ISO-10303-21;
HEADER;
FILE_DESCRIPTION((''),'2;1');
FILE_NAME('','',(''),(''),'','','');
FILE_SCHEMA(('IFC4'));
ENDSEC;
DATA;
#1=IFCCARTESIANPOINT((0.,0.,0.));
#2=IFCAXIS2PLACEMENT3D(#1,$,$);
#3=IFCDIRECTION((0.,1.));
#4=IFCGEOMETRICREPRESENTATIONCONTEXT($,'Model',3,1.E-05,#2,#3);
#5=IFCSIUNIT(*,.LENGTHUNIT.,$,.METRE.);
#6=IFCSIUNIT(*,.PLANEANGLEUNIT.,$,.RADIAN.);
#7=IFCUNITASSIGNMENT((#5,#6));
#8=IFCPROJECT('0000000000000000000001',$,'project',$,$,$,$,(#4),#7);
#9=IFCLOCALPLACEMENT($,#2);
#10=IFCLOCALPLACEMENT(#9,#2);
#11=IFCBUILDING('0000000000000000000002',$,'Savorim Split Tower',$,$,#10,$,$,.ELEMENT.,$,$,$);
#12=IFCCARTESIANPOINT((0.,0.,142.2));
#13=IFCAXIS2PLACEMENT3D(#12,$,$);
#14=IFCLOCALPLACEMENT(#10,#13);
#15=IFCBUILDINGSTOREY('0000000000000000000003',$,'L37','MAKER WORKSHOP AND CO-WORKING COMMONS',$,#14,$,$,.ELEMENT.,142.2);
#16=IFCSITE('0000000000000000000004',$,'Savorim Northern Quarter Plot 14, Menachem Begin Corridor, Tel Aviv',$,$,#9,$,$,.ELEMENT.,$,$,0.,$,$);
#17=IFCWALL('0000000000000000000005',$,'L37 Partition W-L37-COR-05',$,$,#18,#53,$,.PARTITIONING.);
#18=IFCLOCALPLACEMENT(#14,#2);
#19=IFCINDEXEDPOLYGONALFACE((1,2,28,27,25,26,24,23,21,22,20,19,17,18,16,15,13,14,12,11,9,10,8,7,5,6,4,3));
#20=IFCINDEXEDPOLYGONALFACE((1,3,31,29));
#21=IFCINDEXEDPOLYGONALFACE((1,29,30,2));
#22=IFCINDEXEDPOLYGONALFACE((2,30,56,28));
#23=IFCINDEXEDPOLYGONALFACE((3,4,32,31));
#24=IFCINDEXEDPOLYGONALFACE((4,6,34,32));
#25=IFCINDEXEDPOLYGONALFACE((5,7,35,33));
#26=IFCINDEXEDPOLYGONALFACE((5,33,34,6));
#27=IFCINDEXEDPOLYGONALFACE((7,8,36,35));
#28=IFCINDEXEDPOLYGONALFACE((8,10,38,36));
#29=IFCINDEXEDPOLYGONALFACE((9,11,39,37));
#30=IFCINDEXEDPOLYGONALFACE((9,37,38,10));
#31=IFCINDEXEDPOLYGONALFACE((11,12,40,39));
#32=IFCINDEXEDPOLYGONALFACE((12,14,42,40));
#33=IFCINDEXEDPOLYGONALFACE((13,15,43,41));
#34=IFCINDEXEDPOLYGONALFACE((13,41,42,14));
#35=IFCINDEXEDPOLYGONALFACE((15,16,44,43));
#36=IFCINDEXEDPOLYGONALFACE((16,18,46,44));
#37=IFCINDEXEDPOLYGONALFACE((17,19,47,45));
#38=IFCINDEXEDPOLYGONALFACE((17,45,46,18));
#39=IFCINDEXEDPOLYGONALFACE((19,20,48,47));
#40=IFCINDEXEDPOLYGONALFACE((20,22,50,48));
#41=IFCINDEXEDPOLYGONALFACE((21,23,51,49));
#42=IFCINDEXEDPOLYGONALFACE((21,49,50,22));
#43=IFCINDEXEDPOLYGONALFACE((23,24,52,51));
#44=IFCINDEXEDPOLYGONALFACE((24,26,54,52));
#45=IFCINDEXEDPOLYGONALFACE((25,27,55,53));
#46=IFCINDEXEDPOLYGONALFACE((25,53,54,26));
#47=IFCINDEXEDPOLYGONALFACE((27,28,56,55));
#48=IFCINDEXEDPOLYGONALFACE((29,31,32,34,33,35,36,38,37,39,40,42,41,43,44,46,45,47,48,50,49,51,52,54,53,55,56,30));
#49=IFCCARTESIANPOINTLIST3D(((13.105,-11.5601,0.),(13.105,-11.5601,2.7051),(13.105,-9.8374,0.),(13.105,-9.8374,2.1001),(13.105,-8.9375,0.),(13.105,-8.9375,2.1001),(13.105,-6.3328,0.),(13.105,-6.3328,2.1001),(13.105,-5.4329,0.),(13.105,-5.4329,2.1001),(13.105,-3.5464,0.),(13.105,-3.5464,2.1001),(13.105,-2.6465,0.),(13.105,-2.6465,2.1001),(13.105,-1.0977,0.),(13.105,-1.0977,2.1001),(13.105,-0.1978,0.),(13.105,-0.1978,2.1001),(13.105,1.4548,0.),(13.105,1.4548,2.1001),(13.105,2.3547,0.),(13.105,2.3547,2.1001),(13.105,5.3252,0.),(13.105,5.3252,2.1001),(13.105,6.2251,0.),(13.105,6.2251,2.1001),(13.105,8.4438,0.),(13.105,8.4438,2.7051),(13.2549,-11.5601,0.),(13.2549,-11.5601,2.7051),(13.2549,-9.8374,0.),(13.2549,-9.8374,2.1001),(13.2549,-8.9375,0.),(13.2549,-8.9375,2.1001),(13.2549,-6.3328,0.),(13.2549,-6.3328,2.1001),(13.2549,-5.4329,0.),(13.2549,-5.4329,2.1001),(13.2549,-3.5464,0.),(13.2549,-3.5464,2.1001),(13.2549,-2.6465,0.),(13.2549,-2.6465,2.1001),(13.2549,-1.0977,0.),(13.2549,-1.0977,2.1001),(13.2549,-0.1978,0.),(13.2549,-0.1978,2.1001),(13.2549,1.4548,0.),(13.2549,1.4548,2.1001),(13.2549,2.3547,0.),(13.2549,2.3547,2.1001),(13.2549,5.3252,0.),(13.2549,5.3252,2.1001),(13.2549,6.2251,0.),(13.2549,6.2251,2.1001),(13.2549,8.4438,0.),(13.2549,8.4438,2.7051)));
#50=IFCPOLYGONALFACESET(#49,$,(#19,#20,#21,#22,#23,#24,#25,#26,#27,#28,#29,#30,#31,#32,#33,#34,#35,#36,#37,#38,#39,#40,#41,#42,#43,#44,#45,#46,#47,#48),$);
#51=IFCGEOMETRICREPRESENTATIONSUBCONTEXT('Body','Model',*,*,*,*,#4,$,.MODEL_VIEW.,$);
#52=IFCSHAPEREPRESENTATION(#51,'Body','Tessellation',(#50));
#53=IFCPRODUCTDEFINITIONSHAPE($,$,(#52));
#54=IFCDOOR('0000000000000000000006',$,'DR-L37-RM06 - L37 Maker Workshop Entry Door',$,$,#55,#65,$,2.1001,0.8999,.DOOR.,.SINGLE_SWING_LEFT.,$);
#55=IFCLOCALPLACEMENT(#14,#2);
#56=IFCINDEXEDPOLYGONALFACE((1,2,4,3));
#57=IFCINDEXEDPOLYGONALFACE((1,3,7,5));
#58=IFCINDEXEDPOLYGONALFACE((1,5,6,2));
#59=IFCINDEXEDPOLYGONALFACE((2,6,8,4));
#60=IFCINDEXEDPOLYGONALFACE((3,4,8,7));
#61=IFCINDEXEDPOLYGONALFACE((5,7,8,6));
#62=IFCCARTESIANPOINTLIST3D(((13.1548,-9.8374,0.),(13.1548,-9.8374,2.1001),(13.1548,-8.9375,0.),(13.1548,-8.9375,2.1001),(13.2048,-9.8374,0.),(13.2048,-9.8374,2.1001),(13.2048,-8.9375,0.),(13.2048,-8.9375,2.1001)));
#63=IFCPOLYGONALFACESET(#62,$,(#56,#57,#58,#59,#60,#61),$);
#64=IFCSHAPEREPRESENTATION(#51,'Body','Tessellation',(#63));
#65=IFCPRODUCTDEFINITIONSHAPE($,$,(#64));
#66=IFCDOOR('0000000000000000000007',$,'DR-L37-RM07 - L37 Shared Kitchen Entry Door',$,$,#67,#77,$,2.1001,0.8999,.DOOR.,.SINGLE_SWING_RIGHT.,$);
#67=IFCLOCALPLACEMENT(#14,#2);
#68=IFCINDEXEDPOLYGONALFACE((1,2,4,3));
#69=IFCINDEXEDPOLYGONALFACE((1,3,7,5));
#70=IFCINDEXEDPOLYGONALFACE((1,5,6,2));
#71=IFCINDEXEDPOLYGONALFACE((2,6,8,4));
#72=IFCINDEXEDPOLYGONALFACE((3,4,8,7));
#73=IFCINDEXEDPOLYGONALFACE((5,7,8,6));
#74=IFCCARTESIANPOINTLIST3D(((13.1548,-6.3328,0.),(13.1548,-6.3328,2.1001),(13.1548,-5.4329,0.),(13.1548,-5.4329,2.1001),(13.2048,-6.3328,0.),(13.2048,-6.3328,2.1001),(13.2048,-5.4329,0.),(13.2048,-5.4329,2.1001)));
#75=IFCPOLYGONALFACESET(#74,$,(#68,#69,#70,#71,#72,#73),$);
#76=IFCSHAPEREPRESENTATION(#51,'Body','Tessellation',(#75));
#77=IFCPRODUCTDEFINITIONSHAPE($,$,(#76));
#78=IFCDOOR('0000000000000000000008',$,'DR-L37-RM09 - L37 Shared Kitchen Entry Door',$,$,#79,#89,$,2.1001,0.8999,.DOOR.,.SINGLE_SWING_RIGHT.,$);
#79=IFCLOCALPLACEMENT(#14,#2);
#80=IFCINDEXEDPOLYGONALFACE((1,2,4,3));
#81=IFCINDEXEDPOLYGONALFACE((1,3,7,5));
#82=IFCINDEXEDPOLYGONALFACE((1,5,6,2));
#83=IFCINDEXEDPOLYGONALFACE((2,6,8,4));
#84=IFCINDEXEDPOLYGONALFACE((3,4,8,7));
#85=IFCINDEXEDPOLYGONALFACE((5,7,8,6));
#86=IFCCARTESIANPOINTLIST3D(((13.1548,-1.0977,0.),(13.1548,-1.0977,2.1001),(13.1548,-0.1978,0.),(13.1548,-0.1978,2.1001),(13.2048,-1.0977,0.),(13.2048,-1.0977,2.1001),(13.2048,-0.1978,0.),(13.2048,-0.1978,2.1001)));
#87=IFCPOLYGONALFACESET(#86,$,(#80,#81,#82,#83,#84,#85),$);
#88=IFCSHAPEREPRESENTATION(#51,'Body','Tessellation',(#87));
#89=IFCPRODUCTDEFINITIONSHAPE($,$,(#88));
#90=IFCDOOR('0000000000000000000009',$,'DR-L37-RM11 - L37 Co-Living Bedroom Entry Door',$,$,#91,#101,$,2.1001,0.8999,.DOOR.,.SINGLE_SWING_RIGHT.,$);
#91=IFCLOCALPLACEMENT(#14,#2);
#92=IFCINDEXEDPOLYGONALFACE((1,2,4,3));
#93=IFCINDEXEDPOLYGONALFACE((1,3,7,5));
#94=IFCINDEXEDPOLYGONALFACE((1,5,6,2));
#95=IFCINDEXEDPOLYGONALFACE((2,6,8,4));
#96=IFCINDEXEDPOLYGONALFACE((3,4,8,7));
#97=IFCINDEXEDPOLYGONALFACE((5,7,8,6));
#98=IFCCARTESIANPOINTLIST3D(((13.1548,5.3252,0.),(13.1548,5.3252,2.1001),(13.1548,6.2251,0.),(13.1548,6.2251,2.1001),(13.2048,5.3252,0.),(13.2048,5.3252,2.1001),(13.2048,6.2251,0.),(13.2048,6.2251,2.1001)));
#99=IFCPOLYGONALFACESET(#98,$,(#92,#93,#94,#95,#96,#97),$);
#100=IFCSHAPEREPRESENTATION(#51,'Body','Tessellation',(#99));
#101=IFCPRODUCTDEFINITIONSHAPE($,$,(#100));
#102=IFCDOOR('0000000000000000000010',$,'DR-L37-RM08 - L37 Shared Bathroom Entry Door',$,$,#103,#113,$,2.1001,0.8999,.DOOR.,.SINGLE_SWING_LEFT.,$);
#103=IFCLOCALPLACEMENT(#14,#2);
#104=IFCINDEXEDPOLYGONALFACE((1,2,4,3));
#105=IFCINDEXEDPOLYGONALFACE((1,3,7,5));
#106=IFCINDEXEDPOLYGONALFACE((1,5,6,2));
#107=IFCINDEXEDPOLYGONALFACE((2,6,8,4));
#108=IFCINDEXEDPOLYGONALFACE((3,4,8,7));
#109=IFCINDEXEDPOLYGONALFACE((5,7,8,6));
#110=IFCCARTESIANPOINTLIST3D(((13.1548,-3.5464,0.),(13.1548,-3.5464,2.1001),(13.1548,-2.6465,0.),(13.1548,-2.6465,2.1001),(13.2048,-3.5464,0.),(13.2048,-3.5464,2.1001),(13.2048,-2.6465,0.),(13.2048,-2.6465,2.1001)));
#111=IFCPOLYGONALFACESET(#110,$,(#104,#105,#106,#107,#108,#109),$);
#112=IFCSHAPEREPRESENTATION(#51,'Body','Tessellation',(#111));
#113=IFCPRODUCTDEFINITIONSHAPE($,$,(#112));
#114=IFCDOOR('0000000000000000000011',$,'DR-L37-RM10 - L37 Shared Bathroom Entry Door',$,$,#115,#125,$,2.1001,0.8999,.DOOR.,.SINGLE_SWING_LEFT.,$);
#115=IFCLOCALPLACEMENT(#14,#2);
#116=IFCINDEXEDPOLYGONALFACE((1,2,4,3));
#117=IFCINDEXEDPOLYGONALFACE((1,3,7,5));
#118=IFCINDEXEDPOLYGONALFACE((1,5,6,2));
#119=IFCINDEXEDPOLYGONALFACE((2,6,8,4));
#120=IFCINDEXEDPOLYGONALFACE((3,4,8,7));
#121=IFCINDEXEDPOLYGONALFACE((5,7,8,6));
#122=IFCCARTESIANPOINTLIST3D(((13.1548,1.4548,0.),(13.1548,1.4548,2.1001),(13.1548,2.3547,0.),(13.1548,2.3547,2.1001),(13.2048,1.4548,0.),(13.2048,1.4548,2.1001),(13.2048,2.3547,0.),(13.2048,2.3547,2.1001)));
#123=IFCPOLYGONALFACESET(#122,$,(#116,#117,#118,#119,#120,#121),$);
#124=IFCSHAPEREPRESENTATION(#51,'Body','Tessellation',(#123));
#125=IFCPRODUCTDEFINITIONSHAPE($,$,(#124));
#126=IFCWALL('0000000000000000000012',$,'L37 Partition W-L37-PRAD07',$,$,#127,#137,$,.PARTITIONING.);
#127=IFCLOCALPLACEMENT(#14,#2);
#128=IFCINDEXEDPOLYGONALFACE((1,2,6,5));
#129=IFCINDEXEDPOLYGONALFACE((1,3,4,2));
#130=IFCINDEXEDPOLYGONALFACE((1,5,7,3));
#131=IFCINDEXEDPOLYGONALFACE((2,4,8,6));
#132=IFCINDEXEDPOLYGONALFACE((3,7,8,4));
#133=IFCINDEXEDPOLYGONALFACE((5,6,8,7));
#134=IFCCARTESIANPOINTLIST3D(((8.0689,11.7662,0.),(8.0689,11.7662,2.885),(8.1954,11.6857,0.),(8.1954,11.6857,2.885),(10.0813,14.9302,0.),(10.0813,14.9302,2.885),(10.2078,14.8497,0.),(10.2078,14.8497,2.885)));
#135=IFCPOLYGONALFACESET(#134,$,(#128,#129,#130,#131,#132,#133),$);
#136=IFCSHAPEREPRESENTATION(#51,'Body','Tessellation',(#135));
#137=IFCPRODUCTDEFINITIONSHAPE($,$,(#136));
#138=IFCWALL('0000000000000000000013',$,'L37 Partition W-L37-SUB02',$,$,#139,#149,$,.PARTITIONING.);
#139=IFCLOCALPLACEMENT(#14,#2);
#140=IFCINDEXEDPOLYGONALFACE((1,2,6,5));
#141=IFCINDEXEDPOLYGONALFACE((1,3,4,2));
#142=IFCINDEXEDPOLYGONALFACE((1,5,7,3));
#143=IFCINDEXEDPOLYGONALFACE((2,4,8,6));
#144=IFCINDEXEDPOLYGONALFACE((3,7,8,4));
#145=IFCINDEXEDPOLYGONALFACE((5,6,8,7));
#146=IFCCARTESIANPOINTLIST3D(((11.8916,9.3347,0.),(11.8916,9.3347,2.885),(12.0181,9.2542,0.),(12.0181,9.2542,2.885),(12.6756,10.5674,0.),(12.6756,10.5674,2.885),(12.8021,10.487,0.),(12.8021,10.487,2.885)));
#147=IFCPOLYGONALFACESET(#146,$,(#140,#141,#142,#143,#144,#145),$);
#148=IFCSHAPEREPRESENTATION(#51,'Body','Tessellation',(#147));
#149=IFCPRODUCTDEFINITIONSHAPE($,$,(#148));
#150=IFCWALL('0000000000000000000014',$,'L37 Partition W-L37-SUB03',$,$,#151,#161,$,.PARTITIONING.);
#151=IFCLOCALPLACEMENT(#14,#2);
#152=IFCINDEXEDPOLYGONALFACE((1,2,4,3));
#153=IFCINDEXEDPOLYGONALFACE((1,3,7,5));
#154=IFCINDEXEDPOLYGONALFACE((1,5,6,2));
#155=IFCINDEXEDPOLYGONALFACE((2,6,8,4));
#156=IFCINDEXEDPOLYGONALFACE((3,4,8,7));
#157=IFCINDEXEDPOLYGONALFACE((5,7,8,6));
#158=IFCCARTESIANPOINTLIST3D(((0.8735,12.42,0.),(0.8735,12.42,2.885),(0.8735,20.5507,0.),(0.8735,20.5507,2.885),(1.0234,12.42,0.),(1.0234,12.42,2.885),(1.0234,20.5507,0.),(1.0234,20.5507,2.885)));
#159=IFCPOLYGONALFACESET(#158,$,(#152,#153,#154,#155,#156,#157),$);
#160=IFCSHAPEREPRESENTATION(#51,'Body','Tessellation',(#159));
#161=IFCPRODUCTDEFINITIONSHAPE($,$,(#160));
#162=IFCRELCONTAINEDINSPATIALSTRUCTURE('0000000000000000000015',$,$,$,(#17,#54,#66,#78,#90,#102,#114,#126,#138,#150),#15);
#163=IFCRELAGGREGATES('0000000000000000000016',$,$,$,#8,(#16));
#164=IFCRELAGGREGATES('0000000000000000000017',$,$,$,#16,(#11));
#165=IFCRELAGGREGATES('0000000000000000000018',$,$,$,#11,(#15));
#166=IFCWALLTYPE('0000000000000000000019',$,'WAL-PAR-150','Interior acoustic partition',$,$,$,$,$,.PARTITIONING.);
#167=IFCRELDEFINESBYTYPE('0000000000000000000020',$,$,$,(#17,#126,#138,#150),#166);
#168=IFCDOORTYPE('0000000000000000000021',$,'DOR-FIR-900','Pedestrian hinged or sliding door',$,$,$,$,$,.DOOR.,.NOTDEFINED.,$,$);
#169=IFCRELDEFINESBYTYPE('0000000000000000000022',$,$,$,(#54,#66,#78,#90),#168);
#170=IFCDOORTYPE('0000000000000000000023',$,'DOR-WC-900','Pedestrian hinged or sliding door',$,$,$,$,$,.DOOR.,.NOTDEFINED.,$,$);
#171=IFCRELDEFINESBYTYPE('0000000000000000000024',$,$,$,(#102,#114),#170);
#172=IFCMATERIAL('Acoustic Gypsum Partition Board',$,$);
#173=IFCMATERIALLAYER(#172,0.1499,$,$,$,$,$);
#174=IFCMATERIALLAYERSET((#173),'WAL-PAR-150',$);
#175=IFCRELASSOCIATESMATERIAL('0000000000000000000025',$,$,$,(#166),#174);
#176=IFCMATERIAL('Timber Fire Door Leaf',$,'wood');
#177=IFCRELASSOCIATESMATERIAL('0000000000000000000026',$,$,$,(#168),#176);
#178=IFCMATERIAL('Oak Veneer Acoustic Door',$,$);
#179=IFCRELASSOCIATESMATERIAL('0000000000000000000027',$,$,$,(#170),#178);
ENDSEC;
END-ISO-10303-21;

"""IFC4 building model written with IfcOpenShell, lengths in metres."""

from ifc_helpers import new_model, si_unit, direction, frame, frame_2d, origin, place, context, subcontext, project, spatial, rectangle, extrude, material, layer, layer_set, type_object, element, fill, save


model = new_model("IFC4")

# Units and contexts
model_context = context("Model", 3, precision=1e-05, world=origin(), true_north=direction((0.0, 1.0)))
body_context = subcontext(model_context, "Body", "Model", "MODEL_VIEW")
ifc_project = project(units=[si_unit("LENGTHUNIT", "METRE"), si_unit("PLANEANGLEUNIT", "RADIAN")], contexts=[model_context])

# Site, building, storey
site_placement = place(None, origin())
site = spatial("IfcSite", under=ifc_project, at=site_placement, Name="Savorim Northern Quarter Plot 14, Menachem Begin Corridor, Tel Aviv", CompositionType="ELEMENT", RefElevation=0.0)
building_placement = place(site_placement, origin())
building = spatial("IfcBuilding", under=site, at=building_placement, Name="Savorim Split Tower", CompositionType="ELEMENT")
storey_placement = place(building_placement, frame((0.0, 0.0, 142.2)))
storey = spatial("IfcBuildingStorey", under=building, at=storey_placement, Name="L37", Description="MAKER WORKSHOP AND CO-WORKING COMMONS", CompositionType="ELEMENT", Elevation=142.2)

# Shared definitions
ifc_material_1 = material(Name="Timber Fire Door Leaf", Category="wood")

# Shared definitions
ifc_material_2 = material(Name="Acoustic Gypsum Partition Board")
ifc_layer_1 = layer(ifc_material_2, 0.1499)
ifc_layer_set_1 = layer_set([ifc_layer_1], Name="WAL-PAR-150")
wall_type_1 = type_object("IfcWallType", Name="WAL-PAR-150", Description="Interior acoustic partition", PredefinedType="PARTITIONING", material=ifc_layer_set_1)
door_type_1 = type_object("IfcDoorType", Name="DOR-FIR-900", Description="Pedestrian hinged or sliding door", OperationType="NOTDEFINED", PredefinedType="DOOR", material=ifc_material_1)

# Wall, openings, doors
wall_1_placement = place(storey_placement, frame((13.1799, 8.4438, 0.0), z_axis=(0.0, 0.0, 1.0), x_axis=(0.0, -1.0, 0.0)))
wall_1 = element("IfcWall", 1, at=wall_1_placement, inside=storey, type_object=wall_type_1, Name="L37 Partition W-L37-COR-05", PredefinedType="PARTITIONING", context=body_context, shape_type="SweptSolid", body=[
    extrude(rectangle(XDim=20.0039, YDim=0.1499, at=frame_2d((10.002, 0.0))), origin(), (0.0, 0.0, 1.0), 2.7051),
])
opening_1_placement = place(wall_1_placement, frame((17.3813, 0.0, 0.0)))
opening_1 = element("IfcOpeningElement", 2, at=opening_1_placement, cuts=wall_1, PredefinedType="OPENING", context=body_context, shape_type="SweptSolid", body=[
    extrude(rectangle(XDim=0.8999, YDim=2.1001, at=frame_2d((0.45, 1.05))), frame((0.0, 0.085, 0.0), z_axis=(0.0, -1.0, 0.0), x_axis=(1.0, 0.0, 0.0)), (0.0, 0.0, 1.0), 0.1699),
])
opening_2_placement = place(wall_1_placement, frame((13.8767, 0.0, 0.0)))
opening_2 = element("IfcOpeningElement", 3, at=opening_2_placement, cuts=wall_1, PredefinedType="OPENING", context=body_context, shape_type="SweptSolid", body=[
    extrude(rectangle(XDim=0.8999, YDim=2.1001, at=frame_2d((0.45, 1.05))), frame((0.0, 0.085, 0.0), z_axis=(0.0, -1.0, 0.0), x_axis=(1.0, 0.0, 0.0)), (0.0, 0.0, 1.0), 0.1699),
])
opening_3_placement = place(wall_1_placement, frame((11.0903, 0.0, 0.0)))
opening_3 = element("IfcOpeningElement", 4, at=opening_3_placement, cuts=wall_1, PredefinedType="OPENING", context=body_context, shape_type="SweptSolid", body=[
    extrude(rectangle(XDim=0.8999, YDim=2.1001, at=frame_2d((0.45, 1.05))), frame((0.0, 0.085, 0.0), z_axis=(0.0, -1.0, 0.0), x_axis=(1.0, 0.0, 0.0)), (0.0, 0.0, 1.0), 0.1699),
])
opening_4_placement = place(wall_1_placement, frame((8.6416, 0.0, 0.0)))
opening_4 = element("IfcOpeningElement", 5, at=opening_4_placement, cuts=wall_1, PredefinedType="OPENING", context=body_context, shape_type="SweptSolid", body=[
    extrude(rectangle(XDim=0.8999, YDim=2.1001, at=frame_2d((0.45, 1.05))), frame((0.0, 0.085, 0.0), z_axis=(0.0, -1.0, 0.0), x_axis=(1.0, 0.0, 0.0)), (0.0, 0.0, 1.0), 0.1699),
])
opening_5_placement = place(wall_1_placement, frame((6.0891, 0.0, 0.0)))
opening_5 = element("IfcOpeningElement", 6, at=opening_5_placement, cuts=wall_1, PredefinedType="OPENING", context=body_context, shape_type="SweptSolid", body=[
    extrude(rectangle(XDim=0.8999, YDim=2.1001, at=frame_2d((0.45, 1.05))), frame((0.0, 0.085, 0.0), z_axis=(0.0, -1.0, 0.0), x_axis=(1.0, 0.0, 0.0)), (0.0, 0.0, 1.0), 0.1699),
])
opening_6_placement = place(wall_1_placement, frame((2.2188, 0.0, 0.0)))
opening_6 = element("IfcOpeningElement", 7, at=opening_6_placement, cuts=wall_1, PredefinedType="OPENING", context=body_context, shape_type="SweptSolid", body=[
    extrude(rectangle(XDim=0.8999, YDim=2.1001, at=frame_2d((0.45, 1.05))), frame((0.0, 0.085, 0.0), z_axis=(0.0, -1.0, 0.0), x_axis=(1.0, 0.0, 0.0)), (0.0, 0.0, 1.0), 0.1699),
])
door_1_placement = place(opening_1_placement, origin())
door_1 = element("IfcDoor", 8, at=door_1_placement, inside=storey, type_object=door_type_1, Name="DR-L37-RM06 - L37 Maker Workshop Entry Door", OperationType="SINGLE_SWING_LEFT", OverallHeight=2.1001, OverallWidth=0.8999, PredefinedType="DOOR", context=body_context, shape_type="SweptSolid", body=[
    extrude(rectangle(XDim=0.8999, YDim=2.1001, at=frame_2d((0.45, 1.05))), frame((0.0, 0.0249, 0.0), z_axis=(0.0, -1.0, 0.0), x_axis=(1.0, 0.0, 0.0)), (0.0, 0.0, 1.0), 0.05),
])
fill(opening_1, door_1)
door_2_placement = place(opening_2_placement, origin())
door_2 = element("IfcDoor", 9, at=door_2_placement, inside=storey, type_object=door_type_1, Name="DR-L37-RM07 - L37 Shared Kitchen Entry Door", OperationType="SINGLE_SWING_RIGHT", OverallHeight=2.1001, OverallWidth=0.8999, PredefinedType="DOOR", context=body_context, shape_type="SweptSolid", body=[
    extrude(rectangle(XDim=0.8999, YDim=2.1001, at=frame_2d((0.45, 1.05))), frame((0.0, 0.0249, 0.0), z_axis=(0.0, -1.0, 0.0), x_axis=(1.0, 0.0, 0.0)), (0.0, 0.0, 1.0), 0.05),
])
fill(opening_2, door_2)
door_3_placement = place(opening_4_placement, origin())
door_3 = element("IfcDoor", 10, at=door_3_placement, inside=storey, type_object=door_type_1, Name="DR-L37-RM09 - L37 Shared Kitchen Entry Door", OperationType="SINGLE_SWING_RIGHT", OverallHeight=2.1001, OverallWidth=0.8999, PredefinedType="DOOR", context=body_context, shape_type="SweptSolid", body=[
    extrude(rectangle(XDim=0.8999, YDim=2.1001, at=frame_2d((0.45, 1.05))), frame((0.0, 0.0249, 0.0), z_axis=(0.0, -1.0, 0.0), x_axis=(1.0, 0.0, 0.0)), (0.0, 0.0, 1.0), 0.05),
])
fill(opening_4, door_3)
door_4_placement = place(opening_6_placement, origin())
door_4 = element("IfcDoor", 11, at=door_4_placement, inside=storey, type_object=door_type_1, Name="DR-L37-RM11 - L37 Co-Living Bedroom Entry Door", OperationType="SINGLE_SWING_RIGHT", OverallHeight=2.1001, OverallWidth=0.8999, PredefinedType="DOOR", context=body_context, shape_type="SweptSolid", body=[
    extrude(rectangle(XDim=0.8999, YDim=2.1001, at=frame_2d((0.45, 1.05))), frame((0.0, 0.0249, 0.0), z_axis=(0.0, -1.0, 0.0), x_axis=(1.0, 0.0, 0.0)), (0.0, 0.0, 1.0), 0.05),
])
fill(opening_6, door_4)
ifc_material_3 = material(Name="Oak Veneer Acoustic Door")
door_type_2 = type_object("IfcDoorType", Name="DOR-WC-900", Description="Pedestrian hinged or sliding door", OperationType="NOTDEFINED", PredefinedType="DOOR", material=ifc_material_3)
door_5_placement = place(opening_3_placement, origin())
door_5 = element("IfcDoor", 12, at=door_5_placement, inside=storey, type_object=door_type_2, Name="DR-L37-RM08 - L37 Shared Bathroom Entry Door", OperationType="SINGLE_SWING_LEFT", OverallHeight=2.1001, OverallWidth=0.8999, PredefinedType="DOOR", context=body_context, shape_type="SweptSolid", body=[
    extrude(rectangle(XDim=0.8999, YDim=2.1001, at=frame_2d((0.45, 1.05))), frame((0.0, 0.0249, 0.0), z_axis=(0.0, -1.0, 0.0), x_axis=(1.0, 0.0, 0.0)), (0.0, 0.0, 1.0), 0.05),
])
fill(opening_3, door_5)
door_6_placement = place(opening_5_placement, origin())
door_6 = element("IfcDoor", 13, at=door_6_placement, inside=storey, type_object=door_type_2, Name="DR-L37-RM10 - L37 Shared Bathroom Entry Door", OperationType="SINGLE_SWING_LEFT", OverallHeight=2.1001, OverallWidth=0.8999, PredefinedType="DOOR", context=body_context, shape_type="SweptSolid", body=[
    extrude(rectangle(XDim=0.8999, YDim=2.1001, at=frame_2d((0.45, 1.05))), frame((0.0, 0.0249, 0.0), z_axis=(0.0, -1.0, 0.0), x_axis=(1.0, 0.0, 0.0)), (0.0, 0.0, 1.0), 0.05),
])
fill(opening_5, door_6)

# Walls
wall_2_placement = place(storey_placement, frame((8.1321, 11.7258, 0.0), z_axis=(0.0, 0.0, 1.0), x_axis=(0.536677, 0.843787, 0.0)))
element("IfcWall", 14, at=wall_2_placement, inside=storey, type_object=wall_type_1, Name="L37 Partition W-L37-PRAD07", PredefinedType="PARTITIONING", context=body_context, shape_type="SweptSolid", body=[
    extrude(rectangle(XDim=3.7498, YDim=0.1499, at=frame_2d((1.875, 0.0))), origin(), (0.0, 0.0, 1.0), 2.885),
])
wall_3_placement = place(storey_placement, frame((11.9548, 9.2944, 0.0), z_axis=(0.0, 0.0, 1.0), x_axis=(0.536638, 0.843813, 0.0)))
element("IfcWall", 15, at=wall_3_placement, inside=storey, type_object=wall_type_1, Name="L37 Partition W-L37-SUB02", PredefinedType="PARTITIONING", context=body_context, shape_type="SweptSolid", body=[
    extrude(rectangle(XDim=1.4609, YDim=0.1499, at=frame_2d((0.7305, 0.0))), origin(), (0.0, 0.0, 1.0), 2.885),
])
wall_4_placement = place(storey_placement, frame((0.9485, 12.4199, 0.0), z_axis=(0.0, 0.0, 1.0), x_axis=(0.0, 1.0, 0.0)))
element("IfcWall", 16, at=wall_4_placement, inside=storey, type_object=wall_type_1, Name="L37 Partition W-L37-SUB03", PredefinedType="PARTITIONING", context=body_context, shape_type="SweptSolid", body=[
    extrude(rectangle(XDim=8.1306, YDim=0.1499, at=frame_2d((4.0654, 0.0))), origin(), (0.0, 0.0, 1.0), 2.885),
])

save(model, "model.ifc")
